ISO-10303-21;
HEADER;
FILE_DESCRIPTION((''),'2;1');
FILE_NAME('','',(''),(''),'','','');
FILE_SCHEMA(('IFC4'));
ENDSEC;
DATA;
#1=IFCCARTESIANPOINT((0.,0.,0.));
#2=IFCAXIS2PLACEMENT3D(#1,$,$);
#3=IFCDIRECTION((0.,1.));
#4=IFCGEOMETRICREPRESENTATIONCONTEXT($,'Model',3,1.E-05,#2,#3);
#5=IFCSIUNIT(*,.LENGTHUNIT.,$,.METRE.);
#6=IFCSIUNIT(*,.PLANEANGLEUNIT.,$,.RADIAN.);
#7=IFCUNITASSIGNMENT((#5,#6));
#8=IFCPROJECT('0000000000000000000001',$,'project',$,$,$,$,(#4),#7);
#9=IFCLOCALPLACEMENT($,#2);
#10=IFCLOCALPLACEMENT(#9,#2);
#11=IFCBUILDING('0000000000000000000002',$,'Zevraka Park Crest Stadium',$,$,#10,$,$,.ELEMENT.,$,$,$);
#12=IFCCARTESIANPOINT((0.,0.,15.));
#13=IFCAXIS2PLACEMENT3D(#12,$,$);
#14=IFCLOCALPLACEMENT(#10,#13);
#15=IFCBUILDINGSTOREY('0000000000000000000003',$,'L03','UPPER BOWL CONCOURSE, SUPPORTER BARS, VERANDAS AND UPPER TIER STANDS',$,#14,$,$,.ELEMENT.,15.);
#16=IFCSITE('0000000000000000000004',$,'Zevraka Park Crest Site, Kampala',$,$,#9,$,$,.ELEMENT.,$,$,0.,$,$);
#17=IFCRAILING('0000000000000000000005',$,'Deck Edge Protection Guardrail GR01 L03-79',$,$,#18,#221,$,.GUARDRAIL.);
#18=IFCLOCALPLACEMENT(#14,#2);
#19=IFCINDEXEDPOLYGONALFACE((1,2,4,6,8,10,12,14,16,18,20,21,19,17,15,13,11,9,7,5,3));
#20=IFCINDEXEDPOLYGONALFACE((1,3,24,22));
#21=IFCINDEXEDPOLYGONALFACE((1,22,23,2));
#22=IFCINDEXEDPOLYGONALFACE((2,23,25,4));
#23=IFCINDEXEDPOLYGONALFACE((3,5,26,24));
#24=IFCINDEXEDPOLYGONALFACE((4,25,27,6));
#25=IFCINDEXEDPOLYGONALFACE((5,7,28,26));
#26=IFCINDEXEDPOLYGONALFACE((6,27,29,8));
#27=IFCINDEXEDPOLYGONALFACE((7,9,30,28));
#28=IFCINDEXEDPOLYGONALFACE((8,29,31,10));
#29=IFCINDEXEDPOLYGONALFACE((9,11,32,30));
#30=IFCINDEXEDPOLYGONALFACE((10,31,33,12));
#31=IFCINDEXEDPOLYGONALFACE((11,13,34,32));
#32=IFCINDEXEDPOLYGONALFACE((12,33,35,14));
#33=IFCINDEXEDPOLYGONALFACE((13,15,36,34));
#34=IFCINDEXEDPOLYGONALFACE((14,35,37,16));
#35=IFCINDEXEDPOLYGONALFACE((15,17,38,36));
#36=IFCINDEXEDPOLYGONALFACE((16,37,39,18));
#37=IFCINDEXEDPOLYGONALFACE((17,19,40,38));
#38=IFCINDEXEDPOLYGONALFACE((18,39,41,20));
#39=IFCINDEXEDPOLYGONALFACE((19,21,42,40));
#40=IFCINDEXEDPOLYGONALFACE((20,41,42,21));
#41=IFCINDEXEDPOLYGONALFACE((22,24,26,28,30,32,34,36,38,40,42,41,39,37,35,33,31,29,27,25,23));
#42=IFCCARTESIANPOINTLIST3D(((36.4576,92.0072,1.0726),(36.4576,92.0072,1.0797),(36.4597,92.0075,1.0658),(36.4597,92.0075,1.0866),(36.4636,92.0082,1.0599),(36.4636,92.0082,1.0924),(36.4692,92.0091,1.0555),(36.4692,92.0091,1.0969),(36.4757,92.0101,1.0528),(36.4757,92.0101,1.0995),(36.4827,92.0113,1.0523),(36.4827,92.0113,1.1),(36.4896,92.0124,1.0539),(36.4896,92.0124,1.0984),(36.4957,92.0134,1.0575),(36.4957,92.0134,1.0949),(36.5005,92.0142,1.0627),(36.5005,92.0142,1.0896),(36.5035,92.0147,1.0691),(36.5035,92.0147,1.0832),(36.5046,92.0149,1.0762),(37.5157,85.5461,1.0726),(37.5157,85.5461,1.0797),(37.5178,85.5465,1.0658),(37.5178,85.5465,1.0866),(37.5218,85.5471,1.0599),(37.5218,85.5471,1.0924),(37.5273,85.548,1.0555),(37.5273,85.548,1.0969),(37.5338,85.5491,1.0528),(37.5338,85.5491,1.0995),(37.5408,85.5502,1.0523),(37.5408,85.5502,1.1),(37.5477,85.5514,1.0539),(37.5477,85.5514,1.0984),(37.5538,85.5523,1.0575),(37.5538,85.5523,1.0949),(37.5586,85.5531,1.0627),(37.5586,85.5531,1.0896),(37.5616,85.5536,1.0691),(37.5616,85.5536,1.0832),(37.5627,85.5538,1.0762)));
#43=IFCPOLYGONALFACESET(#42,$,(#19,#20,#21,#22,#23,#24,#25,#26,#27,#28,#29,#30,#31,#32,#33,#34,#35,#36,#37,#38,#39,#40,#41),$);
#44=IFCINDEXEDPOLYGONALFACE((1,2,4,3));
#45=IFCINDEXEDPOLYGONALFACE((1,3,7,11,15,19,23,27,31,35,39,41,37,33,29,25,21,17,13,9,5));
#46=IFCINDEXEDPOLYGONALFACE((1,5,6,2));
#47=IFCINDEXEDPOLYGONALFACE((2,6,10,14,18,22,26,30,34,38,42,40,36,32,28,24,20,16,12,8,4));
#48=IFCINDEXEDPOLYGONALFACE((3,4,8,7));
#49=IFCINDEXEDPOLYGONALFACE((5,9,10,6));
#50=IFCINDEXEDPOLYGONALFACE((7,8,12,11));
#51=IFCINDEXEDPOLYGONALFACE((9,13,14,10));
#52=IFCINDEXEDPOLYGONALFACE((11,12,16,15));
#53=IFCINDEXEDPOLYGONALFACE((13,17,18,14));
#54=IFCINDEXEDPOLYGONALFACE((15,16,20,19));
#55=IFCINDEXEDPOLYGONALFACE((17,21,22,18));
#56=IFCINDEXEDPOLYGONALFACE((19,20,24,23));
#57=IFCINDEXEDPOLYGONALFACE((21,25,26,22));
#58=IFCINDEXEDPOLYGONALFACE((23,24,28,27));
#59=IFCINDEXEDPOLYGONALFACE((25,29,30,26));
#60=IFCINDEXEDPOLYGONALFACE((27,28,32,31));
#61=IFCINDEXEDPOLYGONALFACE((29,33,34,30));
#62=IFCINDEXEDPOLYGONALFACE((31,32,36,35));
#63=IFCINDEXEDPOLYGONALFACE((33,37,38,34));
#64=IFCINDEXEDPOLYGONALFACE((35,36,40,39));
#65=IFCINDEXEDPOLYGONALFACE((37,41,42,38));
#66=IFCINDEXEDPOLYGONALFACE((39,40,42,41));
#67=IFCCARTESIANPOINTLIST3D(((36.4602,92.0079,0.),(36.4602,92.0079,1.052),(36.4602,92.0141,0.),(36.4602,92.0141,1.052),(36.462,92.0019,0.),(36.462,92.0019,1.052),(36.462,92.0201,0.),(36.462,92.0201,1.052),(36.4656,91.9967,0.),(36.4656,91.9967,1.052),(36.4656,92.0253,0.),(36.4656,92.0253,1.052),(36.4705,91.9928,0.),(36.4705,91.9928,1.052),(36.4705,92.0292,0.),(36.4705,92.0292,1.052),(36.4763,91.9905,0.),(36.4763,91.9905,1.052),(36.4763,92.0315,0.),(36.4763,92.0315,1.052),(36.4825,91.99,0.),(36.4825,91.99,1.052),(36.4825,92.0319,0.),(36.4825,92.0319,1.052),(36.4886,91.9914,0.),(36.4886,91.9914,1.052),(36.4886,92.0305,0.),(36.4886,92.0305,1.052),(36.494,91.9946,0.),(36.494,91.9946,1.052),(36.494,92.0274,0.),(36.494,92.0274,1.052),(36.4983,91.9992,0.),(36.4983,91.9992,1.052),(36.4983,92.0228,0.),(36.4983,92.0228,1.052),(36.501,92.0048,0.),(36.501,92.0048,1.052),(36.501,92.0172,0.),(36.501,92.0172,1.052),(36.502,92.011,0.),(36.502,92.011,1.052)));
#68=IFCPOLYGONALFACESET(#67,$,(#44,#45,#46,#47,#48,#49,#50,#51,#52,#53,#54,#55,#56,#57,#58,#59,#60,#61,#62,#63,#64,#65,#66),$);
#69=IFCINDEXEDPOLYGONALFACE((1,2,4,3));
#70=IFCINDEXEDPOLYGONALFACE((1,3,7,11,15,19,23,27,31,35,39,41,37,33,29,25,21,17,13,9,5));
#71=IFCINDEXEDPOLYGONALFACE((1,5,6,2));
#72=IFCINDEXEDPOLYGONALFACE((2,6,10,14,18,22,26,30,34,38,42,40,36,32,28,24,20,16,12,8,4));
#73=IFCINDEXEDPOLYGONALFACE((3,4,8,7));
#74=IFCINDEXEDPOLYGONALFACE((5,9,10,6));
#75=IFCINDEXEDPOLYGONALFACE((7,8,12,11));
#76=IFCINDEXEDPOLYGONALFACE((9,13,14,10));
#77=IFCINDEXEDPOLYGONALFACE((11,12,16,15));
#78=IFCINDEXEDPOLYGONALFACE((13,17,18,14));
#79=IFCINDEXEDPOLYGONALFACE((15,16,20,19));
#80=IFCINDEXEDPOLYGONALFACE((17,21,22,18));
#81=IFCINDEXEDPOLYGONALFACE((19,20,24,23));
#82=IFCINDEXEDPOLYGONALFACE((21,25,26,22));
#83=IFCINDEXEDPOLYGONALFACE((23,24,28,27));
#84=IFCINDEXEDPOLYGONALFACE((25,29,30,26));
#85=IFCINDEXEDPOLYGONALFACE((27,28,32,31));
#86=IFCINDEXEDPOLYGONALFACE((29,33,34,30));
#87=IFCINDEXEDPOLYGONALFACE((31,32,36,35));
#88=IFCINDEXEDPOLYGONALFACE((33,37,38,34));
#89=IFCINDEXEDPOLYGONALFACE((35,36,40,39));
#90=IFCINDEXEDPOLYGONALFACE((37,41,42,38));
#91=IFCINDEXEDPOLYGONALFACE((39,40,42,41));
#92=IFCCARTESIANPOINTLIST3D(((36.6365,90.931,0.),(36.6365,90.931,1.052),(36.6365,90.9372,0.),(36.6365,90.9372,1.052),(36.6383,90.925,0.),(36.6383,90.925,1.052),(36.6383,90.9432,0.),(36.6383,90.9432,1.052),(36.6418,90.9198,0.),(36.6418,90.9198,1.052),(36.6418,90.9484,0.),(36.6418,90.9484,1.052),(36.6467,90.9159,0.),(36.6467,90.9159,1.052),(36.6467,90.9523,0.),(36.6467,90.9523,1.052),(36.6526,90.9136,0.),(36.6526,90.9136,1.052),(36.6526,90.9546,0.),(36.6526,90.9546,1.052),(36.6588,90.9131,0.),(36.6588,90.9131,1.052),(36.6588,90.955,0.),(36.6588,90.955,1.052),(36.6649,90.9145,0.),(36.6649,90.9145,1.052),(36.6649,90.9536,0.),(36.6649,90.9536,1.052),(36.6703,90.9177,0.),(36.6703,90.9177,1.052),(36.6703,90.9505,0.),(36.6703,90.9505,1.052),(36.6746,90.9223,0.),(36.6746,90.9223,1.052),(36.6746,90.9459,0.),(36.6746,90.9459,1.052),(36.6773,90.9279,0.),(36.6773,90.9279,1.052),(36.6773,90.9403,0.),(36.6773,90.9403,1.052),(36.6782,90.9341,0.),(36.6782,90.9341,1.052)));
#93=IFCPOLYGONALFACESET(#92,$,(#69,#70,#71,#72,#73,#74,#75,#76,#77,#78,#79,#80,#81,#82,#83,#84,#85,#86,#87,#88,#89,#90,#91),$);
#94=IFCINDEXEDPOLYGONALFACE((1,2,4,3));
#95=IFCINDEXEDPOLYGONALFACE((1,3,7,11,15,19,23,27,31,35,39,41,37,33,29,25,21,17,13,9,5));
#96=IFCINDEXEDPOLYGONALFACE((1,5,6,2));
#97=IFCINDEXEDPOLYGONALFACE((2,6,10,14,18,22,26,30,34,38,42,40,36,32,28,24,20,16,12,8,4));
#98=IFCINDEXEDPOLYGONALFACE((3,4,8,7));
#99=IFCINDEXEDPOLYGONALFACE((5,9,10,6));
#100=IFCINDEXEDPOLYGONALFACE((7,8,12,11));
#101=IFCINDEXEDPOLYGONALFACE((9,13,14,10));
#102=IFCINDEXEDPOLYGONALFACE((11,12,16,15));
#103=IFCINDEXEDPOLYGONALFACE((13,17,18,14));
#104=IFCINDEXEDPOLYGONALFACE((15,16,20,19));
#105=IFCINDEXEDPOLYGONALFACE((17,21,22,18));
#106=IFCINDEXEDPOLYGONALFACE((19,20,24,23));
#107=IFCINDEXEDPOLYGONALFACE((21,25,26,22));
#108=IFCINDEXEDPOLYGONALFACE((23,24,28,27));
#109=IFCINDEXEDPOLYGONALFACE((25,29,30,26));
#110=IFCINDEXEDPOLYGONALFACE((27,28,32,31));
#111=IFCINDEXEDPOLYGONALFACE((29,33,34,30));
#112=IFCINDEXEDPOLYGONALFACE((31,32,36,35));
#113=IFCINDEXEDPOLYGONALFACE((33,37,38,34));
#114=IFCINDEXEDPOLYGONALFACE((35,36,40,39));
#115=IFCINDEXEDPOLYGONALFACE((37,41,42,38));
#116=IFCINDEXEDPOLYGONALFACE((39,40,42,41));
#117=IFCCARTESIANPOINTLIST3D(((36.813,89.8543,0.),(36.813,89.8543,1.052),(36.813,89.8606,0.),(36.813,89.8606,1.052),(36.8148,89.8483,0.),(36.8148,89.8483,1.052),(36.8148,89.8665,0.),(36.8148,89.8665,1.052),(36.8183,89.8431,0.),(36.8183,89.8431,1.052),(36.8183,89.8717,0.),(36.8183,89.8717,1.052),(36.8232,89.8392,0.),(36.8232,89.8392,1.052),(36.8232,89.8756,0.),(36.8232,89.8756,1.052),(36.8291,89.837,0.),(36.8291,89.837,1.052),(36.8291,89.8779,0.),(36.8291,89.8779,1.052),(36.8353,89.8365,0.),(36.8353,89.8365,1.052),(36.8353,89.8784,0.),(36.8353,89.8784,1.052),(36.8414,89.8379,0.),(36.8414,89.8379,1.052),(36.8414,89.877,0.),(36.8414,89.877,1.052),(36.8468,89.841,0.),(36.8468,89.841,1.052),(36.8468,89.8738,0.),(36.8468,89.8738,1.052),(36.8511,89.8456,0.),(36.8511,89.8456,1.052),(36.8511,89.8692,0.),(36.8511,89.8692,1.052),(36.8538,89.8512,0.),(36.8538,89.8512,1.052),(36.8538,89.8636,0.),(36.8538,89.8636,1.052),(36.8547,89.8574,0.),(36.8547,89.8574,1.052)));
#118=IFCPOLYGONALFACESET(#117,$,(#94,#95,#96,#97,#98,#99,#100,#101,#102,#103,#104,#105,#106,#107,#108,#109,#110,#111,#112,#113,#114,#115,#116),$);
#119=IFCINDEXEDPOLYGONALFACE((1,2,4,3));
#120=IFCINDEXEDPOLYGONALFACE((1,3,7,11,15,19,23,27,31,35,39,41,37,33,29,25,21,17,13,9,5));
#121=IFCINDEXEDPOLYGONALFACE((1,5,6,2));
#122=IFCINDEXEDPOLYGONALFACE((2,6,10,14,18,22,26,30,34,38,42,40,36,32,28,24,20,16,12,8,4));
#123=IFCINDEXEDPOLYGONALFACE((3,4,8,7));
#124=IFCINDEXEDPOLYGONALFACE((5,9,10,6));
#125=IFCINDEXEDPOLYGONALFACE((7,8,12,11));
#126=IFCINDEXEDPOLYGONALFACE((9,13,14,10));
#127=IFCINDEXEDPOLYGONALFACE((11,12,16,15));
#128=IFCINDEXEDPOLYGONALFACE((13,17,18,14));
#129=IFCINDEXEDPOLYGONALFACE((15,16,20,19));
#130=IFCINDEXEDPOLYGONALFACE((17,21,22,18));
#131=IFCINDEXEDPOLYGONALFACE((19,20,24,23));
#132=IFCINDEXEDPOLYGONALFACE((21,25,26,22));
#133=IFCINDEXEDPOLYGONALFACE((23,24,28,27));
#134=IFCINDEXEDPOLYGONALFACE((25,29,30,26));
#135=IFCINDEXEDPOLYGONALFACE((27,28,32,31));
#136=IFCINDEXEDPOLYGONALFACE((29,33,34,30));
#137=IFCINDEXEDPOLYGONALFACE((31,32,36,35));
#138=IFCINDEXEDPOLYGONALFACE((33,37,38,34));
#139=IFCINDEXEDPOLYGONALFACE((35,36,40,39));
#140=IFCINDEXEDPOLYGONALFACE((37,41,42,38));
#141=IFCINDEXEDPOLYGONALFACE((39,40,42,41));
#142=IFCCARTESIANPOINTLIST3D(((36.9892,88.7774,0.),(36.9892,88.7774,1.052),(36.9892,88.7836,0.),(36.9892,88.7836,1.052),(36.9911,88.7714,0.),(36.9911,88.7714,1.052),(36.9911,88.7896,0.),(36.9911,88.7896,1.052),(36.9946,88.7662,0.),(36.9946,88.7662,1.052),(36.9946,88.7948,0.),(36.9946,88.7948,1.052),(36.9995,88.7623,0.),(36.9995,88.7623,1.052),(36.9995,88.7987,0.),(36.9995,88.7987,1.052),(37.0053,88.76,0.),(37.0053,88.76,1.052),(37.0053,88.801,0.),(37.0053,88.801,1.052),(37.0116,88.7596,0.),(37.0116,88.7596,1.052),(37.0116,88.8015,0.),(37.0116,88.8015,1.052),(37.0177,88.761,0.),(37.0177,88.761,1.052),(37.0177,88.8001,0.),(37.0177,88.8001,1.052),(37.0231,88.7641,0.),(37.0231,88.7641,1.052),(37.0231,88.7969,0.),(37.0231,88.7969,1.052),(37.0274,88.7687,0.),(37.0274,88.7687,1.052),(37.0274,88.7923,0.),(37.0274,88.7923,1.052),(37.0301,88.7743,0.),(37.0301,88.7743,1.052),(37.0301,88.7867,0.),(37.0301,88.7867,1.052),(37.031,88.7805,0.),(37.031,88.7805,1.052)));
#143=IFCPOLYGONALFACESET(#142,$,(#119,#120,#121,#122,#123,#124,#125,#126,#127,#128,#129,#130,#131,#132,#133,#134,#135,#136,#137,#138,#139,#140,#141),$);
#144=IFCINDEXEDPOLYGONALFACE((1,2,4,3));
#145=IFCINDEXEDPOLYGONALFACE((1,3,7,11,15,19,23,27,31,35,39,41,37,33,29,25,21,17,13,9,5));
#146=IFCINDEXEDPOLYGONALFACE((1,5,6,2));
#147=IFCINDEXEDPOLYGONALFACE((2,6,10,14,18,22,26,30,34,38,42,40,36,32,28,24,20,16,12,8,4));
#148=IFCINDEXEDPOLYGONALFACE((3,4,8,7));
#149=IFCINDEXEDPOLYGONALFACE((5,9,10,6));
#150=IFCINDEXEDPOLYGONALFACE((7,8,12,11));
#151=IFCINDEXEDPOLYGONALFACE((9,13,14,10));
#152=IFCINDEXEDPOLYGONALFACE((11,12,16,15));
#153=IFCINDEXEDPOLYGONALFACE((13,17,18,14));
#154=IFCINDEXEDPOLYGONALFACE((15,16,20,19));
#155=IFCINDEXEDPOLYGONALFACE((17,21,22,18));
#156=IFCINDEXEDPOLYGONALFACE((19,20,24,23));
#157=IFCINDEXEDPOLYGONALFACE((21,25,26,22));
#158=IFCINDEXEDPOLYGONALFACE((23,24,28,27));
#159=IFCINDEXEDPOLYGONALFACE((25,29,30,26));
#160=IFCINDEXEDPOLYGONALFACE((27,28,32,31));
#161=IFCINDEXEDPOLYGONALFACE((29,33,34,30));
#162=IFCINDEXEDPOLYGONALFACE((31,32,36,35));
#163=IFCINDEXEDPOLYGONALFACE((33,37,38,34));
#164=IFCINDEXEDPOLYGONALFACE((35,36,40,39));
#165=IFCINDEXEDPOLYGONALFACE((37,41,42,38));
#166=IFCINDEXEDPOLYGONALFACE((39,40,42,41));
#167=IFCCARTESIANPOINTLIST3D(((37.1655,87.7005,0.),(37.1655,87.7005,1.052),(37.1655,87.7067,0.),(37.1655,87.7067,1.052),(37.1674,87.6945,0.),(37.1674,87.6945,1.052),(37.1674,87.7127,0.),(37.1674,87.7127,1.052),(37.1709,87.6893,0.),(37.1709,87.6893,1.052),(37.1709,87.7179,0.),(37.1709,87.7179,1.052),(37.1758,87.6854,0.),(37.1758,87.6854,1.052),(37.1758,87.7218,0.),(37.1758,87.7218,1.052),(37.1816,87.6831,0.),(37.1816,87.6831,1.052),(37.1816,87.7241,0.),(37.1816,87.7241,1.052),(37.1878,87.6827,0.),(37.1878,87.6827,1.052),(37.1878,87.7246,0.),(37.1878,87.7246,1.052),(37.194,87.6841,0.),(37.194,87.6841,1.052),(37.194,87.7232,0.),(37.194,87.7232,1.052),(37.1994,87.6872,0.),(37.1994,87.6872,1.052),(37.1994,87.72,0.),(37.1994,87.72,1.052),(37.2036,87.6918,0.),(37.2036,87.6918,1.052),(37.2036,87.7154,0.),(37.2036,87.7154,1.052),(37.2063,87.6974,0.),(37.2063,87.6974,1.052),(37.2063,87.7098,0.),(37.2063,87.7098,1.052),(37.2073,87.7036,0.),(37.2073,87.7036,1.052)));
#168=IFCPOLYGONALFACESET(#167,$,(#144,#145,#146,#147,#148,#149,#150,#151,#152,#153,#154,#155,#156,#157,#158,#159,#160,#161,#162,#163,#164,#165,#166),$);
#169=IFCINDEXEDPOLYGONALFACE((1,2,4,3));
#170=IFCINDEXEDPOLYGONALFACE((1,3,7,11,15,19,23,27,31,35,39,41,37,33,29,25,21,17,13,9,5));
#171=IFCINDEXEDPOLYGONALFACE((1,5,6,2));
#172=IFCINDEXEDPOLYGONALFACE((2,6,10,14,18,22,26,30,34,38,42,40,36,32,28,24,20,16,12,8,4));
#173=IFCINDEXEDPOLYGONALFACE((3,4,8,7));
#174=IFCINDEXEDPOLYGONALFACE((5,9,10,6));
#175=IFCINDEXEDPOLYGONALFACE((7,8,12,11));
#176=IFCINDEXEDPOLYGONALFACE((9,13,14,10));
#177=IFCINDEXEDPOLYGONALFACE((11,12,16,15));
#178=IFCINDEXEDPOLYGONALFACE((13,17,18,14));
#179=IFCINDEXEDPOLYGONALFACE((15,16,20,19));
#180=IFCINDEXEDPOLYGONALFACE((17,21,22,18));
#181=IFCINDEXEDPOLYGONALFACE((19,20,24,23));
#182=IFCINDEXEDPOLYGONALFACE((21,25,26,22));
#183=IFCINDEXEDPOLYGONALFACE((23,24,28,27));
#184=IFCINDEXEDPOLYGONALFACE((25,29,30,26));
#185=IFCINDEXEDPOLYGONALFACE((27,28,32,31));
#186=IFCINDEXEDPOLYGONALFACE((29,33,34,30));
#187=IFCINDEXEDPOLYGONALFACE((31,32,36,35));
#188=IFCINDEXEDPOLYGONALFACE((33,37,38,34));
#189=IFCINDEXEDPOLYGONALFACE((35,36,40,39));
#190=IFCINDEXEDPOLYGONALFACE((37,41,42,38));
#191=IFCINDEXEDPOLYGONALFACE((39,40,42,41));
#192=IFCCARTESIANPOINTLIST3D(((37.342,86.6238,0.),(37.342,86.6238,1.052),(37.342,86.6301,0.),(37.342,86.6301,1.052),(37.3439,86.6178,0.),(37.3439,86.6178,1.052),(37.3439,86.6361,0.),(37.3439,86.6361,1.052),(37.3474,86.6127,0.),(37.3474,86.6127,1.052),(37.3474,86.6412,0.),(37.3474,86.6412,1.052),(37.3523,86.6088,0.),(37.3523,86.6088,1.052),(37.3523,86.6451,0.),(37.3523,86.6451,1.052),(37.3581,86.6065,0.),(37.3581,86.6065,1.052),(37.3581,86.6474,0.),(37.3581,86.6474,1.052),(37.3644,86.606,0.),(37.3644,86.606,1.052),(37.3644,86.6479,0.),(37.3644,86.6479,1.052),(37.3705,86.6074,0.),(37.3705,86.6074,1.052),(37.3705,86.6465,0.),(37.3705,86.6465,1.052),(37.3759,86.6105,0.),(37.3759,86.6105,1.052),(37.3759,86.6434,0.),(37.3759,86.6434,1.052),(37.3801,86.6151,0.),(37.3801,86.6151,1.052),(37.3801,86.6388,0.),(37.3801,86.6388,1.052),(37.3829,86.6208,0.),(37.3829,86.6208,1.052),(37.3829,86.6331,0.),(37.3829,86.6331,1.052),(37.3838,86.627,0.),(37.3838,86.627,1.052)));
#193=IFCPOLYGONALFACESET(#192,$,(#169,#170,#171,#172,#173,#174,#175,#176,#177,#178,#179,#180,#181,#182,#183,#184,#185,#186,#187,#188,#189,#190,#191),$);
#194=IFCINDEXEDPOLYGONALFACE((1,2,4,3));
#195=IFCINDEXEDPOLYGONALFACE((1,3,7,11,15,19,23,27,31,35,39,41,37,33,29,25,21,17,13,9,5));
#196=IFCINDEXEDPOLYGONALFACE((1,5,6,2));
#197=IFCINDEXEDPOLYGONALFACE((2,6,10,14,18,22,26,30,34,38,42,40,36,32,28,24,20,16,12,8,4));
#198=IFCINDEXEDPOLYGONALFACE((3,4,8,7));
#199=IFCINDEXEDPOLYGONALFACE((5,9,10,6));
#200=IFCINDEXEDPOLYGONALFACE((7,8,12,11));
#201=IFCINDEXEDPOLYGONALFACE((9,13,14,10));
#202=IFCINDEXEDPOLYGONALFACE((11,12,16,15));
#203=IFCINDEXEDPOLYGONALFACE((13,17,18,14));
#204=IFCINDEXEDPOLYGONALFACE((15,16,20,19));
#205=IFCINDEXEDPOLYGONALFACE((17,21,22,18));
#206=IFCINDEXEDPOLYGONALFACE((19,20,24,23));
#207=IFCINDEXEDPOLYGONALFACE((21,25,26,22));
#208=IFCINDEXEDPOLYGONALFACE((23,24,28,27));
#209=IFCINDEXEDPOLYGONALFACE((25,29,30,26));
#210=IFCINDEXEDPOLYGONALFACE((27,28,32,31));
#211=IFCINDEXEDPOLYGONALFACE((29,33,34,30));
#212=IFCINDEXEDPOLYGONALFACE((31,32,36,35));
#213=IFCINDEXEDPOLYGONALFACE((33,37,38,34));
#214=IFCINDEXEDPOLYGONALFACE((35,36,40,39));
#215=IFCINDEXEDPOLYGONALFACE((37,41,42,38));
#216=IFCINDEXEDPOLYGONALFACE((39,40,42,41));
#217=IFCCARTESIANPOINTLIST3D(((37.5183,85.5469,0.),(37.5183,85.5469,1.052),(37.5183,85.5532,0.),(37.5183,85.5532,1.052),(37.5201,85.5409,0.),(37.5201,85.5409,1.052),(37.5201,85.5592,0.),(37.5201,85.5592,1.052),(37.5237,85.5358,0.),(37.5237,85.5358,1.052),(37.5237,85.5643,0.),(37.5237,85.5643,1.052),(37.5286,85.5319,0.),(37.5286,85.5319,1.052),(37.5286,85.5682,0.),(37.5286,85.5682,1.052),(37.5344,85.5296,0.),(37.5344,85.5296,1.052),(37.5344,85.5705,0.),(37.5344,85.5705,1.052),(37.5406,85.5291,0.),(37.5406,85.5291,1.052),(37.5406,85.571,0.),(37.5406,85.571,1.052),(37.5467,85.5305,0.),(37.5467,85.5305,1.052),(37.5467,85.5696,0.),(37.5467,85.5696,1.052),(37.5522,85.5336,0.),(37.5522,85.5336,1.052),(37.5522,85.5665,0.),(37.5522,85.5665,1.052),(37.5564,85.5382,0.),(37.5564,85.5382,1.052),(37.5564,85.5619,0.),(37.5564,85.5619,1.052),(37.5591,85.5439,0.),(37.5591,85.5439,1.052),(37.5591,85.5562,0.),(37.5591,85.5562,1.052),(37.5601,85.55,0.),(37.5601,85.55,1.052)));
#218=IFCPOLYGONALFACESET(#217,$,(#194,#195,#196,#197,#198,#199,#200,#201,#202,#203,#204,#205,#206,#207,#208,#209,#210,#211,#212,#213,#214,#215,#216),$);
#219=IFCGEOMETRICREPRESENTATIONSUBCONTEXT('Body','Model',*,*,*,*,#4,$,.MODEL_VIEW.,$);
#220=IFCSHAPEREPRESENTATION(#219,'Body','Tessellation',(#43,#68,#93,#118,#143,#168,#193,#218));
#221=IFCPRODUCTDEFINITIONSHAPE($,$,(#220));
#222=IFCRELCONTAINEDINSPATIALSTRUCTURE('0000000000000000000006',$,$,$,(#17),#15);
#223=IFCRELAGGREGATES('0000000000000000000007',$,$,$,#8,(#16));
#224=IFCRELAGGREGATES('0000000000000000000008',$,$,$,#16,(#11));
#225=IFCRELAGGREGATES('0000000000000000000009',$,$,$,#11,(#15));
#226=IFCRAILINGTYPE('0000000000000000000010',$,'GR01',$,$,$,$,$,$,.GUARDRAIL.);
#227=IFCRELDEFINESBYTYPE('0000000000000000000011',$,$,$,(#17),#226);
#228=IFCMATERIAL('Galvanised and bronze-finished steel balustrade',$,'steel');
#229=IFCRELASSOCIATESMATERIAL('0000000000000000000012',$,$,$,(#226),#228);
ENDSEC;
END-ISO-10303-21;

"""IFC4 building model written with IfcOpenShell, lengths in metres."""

from ifc_helpers import new_model, si_unit, direction, frame, origin, origin_2d, place, context, subcontext, project, spatial, circle, extrude, material, type_object, element, save


model = new_model("IFC4")

# Units and contexts
model_context = context("Model", 3, precision=1e-05, world=origin(), true_north=direction((0.0, 1.0)))
body_context = subcontext(model_context, "Body", "Model", "MODEL_VIEW")
ifc_project = project(units=[si_unit("LENGTHUNIT", "METRE"), si_unit("PLANEANGLEUNIT", "RADIAN")], contexts=[model_context])

# Site, building, storey
site_placement = place(None, origin())
site = spatial("IfcSite", under=ifc_project, at=site_placement, Name="Zevraka Park Crest Site, Kampala", CompositionType="ELEMENT", RefElevation=0.0)
building_placement = place(site_placement, origin())
building = spatial("IfcBuilding", under=site, at=building_placement, Name="Zevraka Park Crest Stadium", CompositionType="ELEMENT")
storey_placement = place(building_placement, frame((0.0, 0.0, 15.0)))
storey = spatial("IfcBuildingStorey", under=building, at=storey_placement, Name="L03", Description="UPPER BOWL CONCOURSE, SUPPORTER BARS, VERANDAS AND UPPER TIER STANDS", CompositionType="ELEMENT", Elevation=15.0)

# Railing
ifc_material_1 = material(Name="Galvanised and bronze-finished steel balustrade", Category="steel")
railing_type_1 = type_object("IfcRailingType", Name="GR01", PredefinedType="GUARDRAIL", material=ifc_material_1)
railing_1_placement = place(storey_placement, frame((36.481, 92.011, 0.0)))
element("IfcRailing", 1, at=railing_1_placement, inside=storey, type_object=railing_type_1, Name="Deck Edge Protection Guardrail GR01 L03-79", PredefinedType="GUARDRAIL", context=body_context, shape_type="SweptSolid", body=[
    extrude(circle(Radius=0.0239, at=origin_2d()), frame((0.0, 0.0, 1.0762), z_axis=(0.161617, -0.986854, 0.0), x_axis=(0.986854, 0.161617, 0.0)), (0.0, 0.0, 1.0), 6.5471),
    extrude(circle(Radius=0.021, at=origin_2d()), origin(), (0.0, 0.0, 1.0), 1.052),
    extrude(circle(Radius=0.021, at=origin_2d()), frame((0.1763, -1.0769, 0.0)), (0.0, 0.0, 1.0), 1.052),
    extrude(circle(Radius=0.021, at=origin_2d()), frame((0.3528, -2.1536, 0.0)), (0.0, 0.0, 1.0), 1.052),
    extrude(circle(Radius=0.021, at=origin_2d()), frame((0.5291, -3.2305, 0.0)), (0.0, 0.0, 1.0), 1.052),
    extrude(circle(Radius=0.021, at=origin_2d()), frame((0.7053, -4.3074, 0.0)), (0.0, 0.0, 1.0), 1.052),
    extrude(circle(Radius=0.021, at=origin_2d()), frame((0.8818, -5.384, 0.0)), (0.0, 0.0, 1.0), 1.052),
    extrude(circle(Radius=0.021, at=origin_2d()), frame((1.0581, -6.4609, 0.0)), (0.0, 0.0, 1.0), 1.052),
])

save(model, "model.ifc")
